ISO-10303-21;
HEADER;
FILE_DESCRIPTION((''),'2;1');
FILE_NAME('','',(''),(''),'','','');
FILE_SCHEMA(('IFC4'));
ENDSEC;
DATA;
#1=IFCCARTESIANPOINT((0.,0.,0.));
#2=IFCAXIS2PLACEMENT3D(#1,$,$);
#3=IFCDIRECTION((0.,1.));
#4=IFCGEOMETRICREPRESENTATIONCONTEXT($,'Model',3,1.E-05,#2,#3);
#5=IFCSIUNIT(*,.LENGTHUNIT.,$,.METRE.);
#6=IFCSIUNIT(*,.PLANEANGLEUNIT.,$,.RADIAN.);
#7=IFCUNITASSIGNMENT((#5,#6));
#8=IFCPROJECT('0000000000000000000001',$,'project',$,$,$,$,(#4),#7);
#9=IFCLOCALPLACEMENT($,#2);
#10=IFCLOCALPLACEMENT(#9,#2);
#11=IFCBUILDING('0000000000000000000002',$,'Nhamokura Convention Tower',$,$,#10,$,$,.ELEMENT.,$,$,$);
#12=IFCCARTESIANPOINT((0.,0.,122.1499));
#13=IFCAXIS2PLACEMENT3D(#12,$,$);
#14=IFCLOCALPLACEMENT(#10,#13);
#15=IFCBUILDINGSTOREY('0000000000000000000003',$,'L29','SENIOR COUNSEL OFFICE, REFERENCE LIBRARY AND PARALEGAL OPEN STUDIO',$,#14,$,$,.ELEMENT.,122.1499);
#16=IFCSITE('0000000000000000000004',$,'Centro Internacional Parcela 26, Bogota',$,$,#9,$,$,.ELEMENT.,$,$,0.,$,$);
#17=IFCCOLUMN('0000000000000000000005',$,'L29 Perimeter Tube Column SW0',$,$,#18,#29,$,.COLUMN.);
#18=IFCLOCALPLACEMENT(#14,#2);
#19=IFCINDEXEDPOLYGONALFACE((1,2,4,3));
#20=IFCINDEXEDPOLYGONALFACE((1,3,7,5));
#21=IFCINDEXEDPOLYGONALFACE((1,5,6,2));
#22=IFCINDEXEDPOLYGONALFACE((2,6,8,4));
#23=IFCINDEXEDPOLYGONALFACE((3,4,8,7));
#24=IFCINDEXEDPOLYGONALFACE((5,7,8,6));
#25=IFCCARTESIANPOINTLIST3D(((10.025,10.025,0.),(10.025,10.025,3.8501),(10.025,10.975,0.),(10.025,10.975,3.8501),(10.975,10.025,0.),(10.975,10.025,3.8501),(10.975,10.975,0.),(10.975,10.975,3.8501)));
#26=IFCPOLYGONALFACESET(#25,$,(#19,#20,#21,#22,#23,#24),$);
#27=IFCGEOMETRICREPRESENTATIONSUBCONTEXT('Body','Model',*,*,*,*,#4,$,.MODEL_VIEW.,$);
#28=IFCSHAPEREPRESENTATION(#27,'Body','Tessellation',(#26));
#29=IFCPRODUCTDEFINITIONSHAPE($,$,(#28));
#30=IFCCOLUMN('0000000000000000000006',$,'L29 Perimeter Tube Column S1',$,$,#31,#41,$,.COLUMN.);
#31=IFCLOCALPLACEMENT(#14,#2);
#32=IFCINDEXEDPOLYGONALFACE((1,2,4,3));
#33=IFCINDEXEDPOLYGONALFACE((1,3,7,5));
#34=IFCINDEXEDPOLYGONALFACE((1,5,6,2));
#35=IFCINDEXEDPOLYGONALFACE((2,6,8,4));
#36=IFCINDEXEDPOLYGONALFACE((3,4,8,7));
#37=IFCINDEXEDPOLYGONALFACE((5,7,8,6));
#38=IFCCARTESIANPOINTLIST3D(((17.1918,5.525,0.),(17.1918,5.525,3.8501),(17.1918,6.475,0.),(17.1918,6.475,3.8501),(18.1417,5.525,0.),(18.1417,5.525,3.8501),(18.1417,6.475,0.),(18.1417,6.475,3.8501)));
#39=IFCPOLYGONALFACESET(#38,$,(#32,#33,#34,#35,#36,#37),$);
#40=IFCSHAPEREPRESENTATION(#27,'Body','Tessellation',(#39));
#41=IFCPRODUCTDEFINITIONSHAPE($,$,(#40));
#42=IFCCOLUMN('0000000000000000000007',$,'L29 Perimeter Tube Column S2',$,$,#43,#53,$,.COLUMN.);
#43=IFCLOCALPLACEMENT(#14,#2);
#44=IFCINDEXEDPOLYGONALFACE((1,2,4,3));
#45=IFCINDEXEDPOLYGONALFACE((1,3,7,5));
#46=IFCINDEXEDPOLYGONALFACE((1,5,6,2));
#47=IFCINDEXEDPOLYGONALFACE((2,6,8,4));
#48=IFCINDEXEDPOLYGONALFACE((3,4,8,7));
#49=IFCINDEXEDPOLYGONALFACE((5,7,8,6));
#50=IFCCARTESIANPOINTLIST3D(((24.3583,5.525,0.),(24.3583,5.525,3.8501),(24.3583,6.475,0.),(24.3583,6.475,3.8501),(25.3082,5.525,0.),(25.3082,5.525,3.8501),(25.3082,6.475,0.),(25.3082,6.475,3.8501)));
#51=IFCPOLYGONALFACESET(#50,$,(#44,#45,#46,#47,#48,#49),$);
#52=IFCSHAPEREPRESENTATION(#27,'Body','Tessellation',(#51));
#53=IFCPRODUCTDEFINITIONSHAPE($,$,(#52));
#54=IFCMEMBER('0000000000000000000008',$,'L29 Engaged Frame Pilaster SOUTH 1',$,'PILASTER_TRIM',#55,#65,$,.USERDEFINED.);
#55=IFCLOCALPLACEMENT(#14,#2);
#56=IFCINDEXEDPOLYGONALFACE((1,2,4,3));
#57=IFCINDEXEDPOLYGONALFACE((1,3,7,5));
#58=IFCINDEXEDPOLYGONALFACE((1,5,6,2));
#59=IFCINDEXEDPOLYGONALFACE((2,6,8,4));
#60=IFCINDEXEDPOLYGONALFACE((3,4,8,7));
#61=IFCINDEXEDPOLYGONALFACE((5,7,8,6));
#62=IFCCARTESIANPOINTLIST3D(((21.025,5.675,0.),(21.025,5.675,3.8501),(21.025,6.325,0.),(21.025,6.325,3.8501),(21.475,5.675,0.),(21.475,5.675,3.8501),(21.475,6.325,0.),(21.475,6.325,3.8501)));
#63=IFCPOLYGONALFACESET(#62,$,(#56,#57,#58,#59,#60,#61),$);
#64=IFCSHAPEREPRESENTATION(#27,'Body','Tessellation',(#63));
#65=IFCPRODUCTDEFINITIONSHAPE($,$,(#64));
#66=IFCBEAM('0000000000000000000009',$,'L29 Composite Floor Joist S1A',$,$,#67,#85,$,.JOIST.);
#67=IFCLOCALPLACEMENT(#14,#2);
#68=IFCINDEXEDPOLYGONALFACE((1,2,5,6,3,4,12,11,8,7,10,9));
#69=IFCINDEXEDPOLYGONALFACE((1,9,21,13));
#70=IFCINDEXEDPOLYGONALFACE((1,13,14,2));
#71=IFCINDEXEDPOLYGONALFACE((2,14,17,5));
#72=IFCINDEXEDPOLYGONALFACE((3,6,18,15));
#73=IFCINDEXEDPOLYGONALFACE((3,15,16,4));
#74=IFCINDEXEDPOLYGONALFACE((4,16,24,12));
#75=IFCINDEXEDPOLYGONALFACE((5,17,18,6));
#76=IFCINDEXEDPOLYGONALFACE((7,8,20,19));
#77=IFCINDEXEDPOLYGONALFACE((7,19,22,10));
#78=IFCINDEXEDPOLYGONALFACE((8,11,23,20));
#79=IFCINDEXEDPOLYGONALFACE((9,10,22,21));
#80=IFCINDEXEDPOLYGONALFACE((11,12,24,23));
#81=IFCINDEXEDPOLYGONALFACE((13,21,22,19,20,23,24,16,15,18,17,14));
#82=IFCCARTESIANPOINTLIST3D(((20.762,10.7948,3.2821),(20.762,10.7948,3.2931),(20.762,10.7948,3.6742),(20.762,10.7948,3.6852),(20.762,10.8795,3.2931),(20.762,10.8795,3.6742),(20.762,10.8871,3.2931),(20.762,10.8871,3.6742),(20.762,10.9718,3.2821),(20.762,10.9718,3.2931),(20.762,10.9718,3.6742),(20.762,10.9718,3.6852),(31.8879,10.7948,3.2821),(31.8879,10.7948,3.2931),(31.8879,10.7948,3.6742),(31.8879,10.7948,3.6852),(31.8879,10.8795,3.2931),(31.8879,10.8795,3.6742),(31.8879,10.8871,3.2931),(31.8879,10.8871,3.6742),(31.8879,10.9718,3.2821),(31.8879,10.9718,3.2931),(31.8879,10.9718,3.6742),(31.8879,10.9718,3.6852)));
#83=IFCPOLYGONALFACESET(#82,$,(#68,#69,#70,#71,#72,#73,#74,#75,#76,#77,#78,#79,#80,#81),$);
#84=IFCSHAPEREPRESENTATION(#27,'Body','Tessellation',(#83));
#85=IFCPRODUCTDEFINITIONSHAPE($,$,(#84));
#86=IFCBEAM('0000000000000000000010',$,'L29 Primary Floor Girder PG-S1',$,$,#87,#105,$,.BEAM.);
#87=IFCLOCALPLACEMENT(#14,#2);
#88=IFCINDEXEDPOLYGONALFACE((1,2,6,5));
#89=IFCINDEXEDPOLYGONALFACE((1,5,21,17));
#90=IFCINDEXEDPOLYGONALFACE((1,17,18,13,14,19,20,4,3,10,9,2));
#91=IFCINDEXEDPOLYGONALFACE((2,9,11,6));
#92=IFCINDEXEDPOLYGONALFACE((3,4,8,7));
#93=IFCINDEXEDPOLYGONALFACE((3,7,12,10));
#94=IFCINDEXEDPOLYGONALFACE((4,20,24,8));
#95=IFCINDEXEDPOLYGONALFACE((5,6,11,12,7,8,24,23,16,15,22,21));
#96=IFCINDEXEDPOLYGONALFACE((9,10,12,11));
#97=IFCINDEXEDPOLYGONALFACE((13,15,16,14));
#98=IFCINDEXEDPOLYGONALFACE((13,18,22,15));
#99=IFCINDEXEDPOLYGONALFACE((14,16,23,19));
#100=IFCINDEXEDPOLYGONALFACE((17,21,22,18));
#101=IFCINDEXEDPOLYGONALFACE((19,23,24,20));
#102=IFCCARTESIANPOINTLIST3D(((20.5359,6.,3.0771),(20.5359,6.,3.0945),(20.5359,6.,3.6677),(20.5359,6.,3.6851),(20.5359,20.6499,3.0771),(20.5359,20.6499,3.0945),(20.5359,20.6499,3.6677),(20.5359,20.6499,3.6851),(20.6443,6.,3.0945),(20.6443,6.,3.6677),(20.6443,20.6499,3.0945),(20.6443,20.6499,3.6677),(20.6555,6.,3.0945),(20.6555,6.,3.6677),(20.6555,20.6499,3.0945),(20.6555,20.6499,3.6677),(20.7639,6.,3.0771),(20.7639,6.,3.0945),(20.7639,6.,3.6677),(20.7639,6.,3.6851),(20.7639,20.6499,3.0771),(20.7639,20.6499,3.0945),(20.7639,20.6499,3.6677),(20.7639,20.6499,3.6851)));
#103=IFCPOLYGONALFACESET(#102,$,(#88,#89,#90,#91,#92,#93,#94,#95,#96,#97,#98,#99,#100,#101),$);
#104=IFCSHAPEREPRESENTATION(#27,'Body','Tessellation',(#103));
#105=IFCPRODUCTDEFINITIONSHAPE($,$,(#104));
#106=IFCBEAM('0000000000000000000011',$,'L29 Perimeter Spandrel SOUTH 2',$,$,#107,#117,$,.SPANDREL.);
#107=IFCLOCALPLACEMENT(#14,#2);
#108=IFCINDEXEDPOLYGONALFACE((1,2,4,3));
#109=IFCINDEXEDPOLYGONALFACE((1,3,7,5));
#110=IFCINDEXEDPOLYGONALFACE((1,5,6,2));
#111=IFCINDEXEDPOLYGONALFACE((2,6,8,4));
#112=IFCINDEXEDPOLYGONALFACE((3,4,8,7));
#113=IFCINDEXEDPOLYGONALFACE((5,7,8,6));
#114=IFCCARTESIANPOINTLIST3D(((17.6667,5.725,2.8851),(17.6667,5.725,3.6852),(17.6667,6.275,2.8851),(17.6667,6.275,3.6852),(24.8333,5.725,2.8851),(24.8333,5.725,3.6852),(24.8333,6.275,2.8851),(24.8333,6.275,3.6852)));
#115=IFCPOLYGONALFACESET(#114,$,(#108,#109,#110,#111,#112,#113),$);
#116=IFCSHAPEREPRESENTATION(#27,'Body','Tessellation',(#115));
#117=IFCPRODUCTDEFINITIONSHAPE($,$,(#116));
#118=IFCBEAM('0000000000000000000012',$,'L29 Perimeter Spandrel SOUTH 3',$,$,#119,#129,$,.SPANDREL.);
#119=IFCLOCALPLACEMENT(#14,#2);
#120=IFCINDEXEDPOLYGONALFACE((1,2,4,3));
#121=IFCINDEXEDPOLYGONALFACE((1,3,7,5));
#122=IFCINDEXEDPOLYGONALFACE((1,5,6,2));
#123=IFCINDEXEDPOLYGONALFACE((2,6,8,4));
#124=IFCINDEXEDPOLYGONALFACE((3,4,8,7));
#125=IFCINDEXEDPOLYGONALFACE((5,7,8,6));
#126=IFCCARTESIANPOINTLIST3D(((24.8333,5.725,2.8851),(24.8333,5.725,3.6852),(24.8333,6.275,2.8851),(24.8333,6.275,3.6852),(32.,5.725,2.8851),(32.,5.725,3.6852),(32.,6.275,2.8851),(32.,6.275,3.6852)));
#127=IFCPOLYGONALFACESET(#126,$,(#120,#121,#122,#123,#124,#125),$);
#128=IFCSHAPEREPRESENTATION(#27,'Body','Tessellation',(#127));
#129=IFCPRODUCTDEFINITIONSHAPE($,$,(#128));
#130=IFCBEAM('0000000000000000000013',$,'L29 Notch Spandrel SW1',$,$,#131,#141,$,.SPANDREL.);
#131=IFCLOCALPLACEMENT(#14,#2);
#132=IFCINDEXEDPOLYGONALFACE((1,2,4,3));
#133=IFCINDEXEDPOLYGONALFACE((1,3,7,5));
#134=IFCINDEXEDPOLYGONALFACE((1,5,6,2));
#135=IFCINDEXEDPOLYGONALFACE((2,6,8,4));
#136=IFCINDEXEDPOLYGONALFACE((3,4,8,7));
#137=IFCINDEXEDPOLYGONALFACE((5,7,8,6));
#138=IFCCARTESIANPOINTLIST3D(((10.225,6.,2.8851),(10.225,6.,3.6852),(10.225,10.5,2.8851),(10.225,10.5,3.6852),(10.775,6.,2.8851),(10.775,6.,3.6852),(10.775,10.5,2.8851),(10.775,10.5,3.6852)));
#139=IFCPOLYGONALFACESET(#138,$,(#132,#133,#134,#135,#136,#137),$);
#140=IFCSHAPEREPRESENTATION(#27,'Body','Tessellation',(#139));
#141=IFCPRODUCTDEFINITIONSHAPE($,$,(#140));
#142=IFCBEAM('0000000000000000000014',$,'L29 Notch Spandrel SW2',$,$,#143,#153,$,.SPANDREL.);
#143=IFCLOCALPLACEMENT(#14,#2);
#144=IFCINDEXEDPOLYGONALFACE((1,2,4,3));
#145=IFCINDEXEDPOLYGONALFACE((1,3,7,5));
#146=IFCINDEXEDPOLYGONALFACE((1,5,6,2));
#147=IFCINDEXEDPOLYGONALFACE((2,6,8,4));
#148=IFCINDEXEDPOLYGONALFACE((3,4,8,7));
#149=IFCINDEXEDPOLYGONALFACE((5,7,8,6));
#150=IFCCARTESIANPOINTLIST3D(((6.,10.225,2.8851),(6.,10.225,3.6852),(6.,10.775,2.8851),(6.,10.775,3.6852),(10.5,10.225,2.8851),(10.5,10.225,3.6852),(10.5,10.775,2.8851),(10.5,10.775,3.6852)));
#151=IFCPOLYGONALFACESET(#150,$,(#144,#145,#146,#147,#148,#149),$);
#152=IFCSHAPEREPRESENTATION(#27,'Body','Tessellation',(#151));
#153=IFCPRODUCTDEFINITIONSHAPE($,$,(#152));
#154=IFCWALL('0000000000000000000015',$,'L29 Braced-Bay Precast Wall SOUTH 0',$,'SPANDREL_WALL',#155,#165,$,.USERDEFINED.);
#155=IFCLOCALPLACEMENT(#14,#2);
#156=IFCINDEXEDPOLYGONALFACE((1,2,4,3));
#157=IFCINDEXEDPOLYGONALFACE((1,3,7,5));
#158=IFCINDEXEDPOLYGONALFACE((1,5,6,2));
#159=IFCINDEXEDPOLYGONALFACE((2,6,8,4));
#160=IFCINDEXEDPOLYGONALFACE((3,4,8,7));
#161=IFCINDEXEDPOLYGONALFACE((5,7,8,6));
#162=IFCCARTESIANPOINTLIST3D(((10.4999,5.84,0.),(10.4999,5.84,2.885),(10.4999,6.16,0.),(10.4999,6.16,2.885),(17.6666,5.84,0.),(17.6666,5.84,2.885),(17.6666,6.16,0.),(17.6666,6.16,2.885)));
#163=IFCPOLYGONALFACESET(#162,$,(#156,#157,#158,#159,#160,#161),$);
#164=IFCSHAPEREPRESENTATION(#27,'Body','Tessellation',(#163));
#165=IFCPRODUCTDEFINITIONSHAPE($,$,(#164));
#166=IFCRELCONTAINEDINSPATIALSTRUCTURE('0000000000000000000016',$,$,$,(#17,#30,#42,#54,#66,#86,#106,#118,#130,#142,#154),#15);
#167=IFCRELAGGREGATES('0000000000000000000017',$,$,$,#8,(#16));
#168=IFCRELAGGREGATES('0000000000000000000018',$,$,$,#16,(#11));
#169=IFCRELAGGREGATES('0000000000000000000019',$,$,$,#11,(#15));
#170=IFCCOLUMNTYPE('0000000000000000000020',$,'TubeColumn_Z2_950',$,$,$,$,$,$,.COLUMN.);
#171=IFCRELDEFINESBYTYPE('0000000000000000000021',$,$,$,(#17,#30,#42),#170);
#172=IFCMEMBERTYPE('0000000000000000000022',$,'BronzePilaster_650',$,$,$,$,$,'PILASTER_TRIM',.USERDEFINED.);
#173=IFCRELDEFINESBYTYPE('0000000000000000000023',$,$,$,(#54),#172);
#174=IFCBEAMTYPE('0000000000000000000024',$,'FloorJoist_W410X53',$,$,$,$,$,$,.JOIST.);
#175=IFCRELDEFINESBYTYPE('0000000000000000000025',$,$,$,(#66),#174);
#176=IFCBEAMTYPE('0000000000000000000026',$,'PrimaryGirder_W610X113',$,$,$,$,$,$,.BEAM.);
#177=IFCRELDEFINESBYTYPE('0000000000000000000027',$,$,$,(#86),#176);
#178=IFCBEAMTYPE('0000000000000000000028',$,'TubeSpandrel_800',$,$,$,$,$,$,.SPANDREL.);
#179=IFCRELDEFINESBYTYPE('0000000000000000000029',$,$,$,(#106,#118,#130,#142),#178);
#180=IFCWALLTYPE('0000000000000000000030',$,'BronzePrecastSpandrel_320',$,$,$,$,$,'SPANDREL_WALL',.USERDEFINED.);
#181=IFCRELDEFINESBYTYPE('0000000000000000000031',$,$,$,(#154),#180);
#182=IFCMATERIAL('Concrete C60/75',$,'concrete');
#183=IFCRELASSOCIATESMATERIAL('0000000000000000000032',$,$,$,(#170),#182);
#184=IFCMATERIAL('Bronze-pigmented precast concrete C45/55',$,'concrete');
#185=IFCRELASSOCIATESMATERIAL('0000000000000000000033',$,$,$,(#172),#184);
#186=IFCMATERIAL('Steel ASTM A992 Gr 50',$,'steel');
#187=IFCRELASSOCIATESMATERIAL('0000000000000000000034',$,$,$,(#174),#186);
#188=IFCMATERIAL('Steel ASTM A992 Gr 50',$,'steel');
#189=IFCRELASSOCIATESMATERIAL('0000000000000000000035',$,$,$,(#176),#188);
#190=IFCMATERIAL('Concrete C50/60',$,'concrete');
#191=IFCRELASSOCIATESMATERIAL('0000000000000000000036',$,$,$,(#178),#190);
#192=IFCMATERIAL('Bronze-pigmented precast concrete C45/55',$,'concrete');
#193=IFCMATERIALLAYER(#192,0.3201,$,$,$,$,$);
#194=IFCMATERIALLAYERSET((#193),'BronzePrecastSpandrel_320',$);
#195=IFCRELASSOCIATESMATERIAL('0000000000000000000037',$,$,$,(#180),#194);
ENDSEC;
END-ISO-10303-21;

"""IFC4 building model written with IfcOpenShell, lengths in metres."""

from ifc_helpers import new_model, si_unit, direction, frame, frame_2d, origin, origin_2d, place, context, subcontext, project, spatial, rectangle, i_section, extrude, material, layer, layer_set, material_profile, profile_set, type_object, element, save


model = new_model("IFC4")

# Units and contexts
model_context = context("Model", 3, precision=1e-05, world=origin(), true_north=direction((0.0, 1.0)))
body_context = subcontext(model_context, "Body", "Model", "MODEL_VIEW")
ifc_project = project(units=[si_unit("LENGTHUNIT", "METRE"), si_unit("PLANEANGLEUNIT", "RADIAN")], contexts=[model_context])

# Site, building, storey
site_placement = place(None, origin())
site = spatial("IfcSite", under=ifc_project, at=site_placement, Name="Centro Internacional Parcela 26, Bogota", CompositionType="ELEMENT", RefElevation=0.0)
building_placement = place(site_placement, origin())
building = spatial("IfcBuilding", under=site, at=building_placement, Name="Nhamokura Convention Tower", CompositionType="ELEMENT")
storey_placement = place(building_placement, frame((0.0, 0.0, 122.1499)))
storey = spatial("IfcBuildingStorey", under=building, at=storey_placement, Name="L29", Description="SENIOR COUNSEL OFFICE, REFERENCE LIBRARY AND PARALEGAL OPEN STUDIO", CompositionType="ELEMENT", Elevation=122.1499)

# Columns
ifc_material_1 = material(Name="Concrete C60/75", Category="concrete")
ifc_material_profile_1 = material_profile(ifc_material_1, rectangle(XDim=0.95, YDim=0.95, at=origin_2d()))
ifc_profile_set_1 = profile_set([ifc_material_profile_1], Name="Concrete C60/75")
column_type = type_object("IfcColumnType", Name="TubeColumn_Z2_950", PredefinedType="COLUMN", material=ifc_profile_set_1)
for number, where, z_axis, x_axis, name in (
    (1, (10.5, 10.5, 0.0), (0.0, 0.0, 1.0), (1.0, 0.0, 0.0), "L29 Perimeter Tube Column SW0"),
    (2, (17.6667, 6.0, 0.0), (0.0, 0.0, 1.0), (1.0, 0.0, 0.0), "L29 Perimeter Tube Column S1"),
    (3, (24.8333, 6.0, 0.0), (0.0, 0.0, 1.0), (1.0, 0.0, 0.0), "L29 Perimeter Tube Column S2"),
):
    element("IfcColumn", number, at=place(storey_placement, frame(where, z_axis=z_axis, x_axis=x_axis)), inside=storey, type_object=column_type, Name=name, PredefinedType="COLUMN", context=body_context, shape_type="SweptSolid", body=[
        extrude(rectangle(XDim=0.95, YDim=0.95, at=origin_2d()), origin(), (0.0, 0.0, 1.0), 3.8501),
    ])

# Member
ifc_material_2 = material(Name="Bronze-pigmented precast concrete C45/55", Category="concrete")
ifc_material_profile_2 = material_profile(ifc_material_2, rectangle(XDim=0.45, YDim=0.6499, at=origin_2d()))
ifc_profile_set_2 = profile_set([ifc_material_profile_2], Name="Bronze-pigmented precast concrete C45/55")
member_type = type_object("IfcMemberType", Name="BronzePilaster_650", ElementType="PILASTER_TRIM", PredefinedType="USERDEFINED", material=ifc_profile_set_2)
member_placement = place(storey_placement, frame((21.25, 6.0, 0.0), z_axis=(0.0, 0.0, 1.0), x_axis=(1.0, 0.0, 0.0)))
element("IfcMember", 4, at=member_placement, inside=storey, type_object=member_type, Name="L29 Engaged Frame Pilaster SOUTH 1", ObjectType="PILASTER_TRIM", PredefinedType="USERDEFINED", context=body_context, shape_type="SweptSolid", body=[
    extrude(rectangle(XDim=0.45, YDim=0.6499, at=origin_2d()), origin(), (0.0, 0.0, 1.0), 3.8501),
])

# Beams
ifc_material_3 = material(Name="Steel ASTM A992 Gr 50", Category="steel")
ifc_material_profile_3 = material_profile(ifc_material_3, i_section(OverallWidth=0.177, OverallDepth=0.4031, WebThickness=0.0076, FlangeThickness=0.011, at=origin_2d()))
ifc_profile_set_3 = profile_set([ifc_material_profile_3], Name="Steel ASTM A992 Gr 50")
beam_type_1 = type_object("IfcBeamType", Name="FloorJoist_W410X53", PredefinedType="JOIST", material=ifc_profile_set_3)
beam_1_placement = place(storey_placement, frame((20.762, 10.8833, 3.4836), z_axis=(1.0, 0.0, 0.0), x_axis=(0.0, 1.0, 0.0)))
element("IfcBeam", 5, at=beam_1_placement, inside=storey, type_object=beam_type_1, Name="L29 Composite Floor Joist S1A", PredefinedType="JOIST", context=body_context, shape_type="SweptSolid", body=[
    extrude(i_section(OverallWidth=0.177, OverallDepth=0.4031, WebThickness=0.0076, FlangeThickness=0.011, at=origin_2d()), origin(), (0.0, 0.0, 1.0), 11.126),
])
ifc_material_4 = material(Name="Steel ASTM A992 Gr 50", Category="steel")
ifc_material_profile_4 = material_profile(ifc_material_4, i_section(OverallWidth=0.228, OverallDepth=0.6079, WebThickness=0.0112, FlangeThickness=0.0173, at=origin_2d()))
ifc_profile_set_4 = profile_set([ifc_material_profile_4], Name="Steel ASTM A992 Gr 50")
beam_type_2 = type_object("IfcBeamType", Name="PrimaryGirder_W610X113", PredefinedType="BEAM", material=ifc_profile_set_4)
beam_2_placement = place(storey_placement, frame((20.6499, 6.0, 3.3811), z_axis=(0.0, 1.0, 0.0), x_axis=(-1.0, 0.0, 0.0)))
element("IfcBeam", 6, at=beam_2_placement, inside=storey, type_object=beam_type_2, Name="L29 Primary Floor Girder PG-S1", PredefinedType="BEAM", context=body_context, shape_type="SweptSolid", body=[
    extrude(i_section(OverallWidth=0.228, OverallDepth=0.6079, WebThickness=0.0112, FlangeThickness=0.0173, at=origin_2d()), origin(), (0.0, 0.0, 1.0), 14.6499),
])
ifc_material_5 = material(Name="Concrete C50/60", Category="concrete")
ifc_material_profile_5 = material_profile(ifc_material_5, rectangle(XDim=0.55, YDim=0.8, at=origin_2d()))
ifc_profile_set_5 = profile_set([ifc_material_profile_5], Name="Concrete C50/60")
beam_type_3 = type_object("IfcBeamType", Name="TubeSpandrel_800", PredefinedType="SPANDREL", material=ifc_profile_set_5)
beam_3_placement = place(storey_placement, frame((17.6667, 6.0, 3.2852), z_axis=(1.0, 0.0, 0.0), x_axis=(0.0, 1.0, 0.0)))
element("IfcBeam", 7, at=beam_3_placement, inside=storey, type_object=beam_type_3, Name="L29 Perimeter Spandrel SOUTH 2", PredefinedType="SPANDREL", context=body_context, shape_type="SweptSolid", body=[
    extrude(rectangle(XDim=0.55, YDim=0.8, at=origin_2d()), origin(), (0.0, 0.0, 1.0), 7.1665),
])
beam_4_placement = place(storey_placement, frame((24.8333, 6.0, 3.2852), z_axis=(1.0, 0.0, 0.0), x_axis=(0.0, 1.0, 0.0)))
element("IfcBeam", 8, at=beam_4_placement, inside=storey, type_object=beam_type_3, Name="L29 Perimeter Spandrel SOUTH 3", PredefinedType="SPANDREL", context=body_context, shape_type="SweptSolid", body=[
    extrude(rectangle(XDim=0.55, YDim=0.8, at=origin_2d()), origin(), (0.0, 0.0, 1.0), 7.1667),
])
for number, where, z_axis, x_axis, name in (
    (9, (10.5, 6.0, 3.2852), (0.0, 1.0, 0.0), (-1.0, 0.0, 0.0), "L29 Notch Spandrel SW1"),
    (10, (10.5, 10.5, 3.2852), (-1.0, 0.0, 0.0), (0.0, -1.0, 0.0), "L29 Notch Spandrel SW2"),
):
    element("IfcBeam", number, at=place(storey_placement, frame(where, z_axis=z_axis, x_axis=x_axis)), inside=storey, type_object=beam_type_3, Name=name, PredefinedType="SPANDREL", context=body_context, shape_type="SweptSolid", body=[
        extrude(rectangle(XDim=0.55, YDim=0.8, at=origin_2d()), origin(), (0.0, 0.0, 1.0), 4.5),
    ])

# Wall
ifc_material_6 = material(Name="Bronze-pigmented precast concrete C45/55", Category="concrete")
ifc_layer_1 = layer(ifc_material_6, 0.3201)
ifc_layer_set_1 = layer_set([ifc_layer_1], Name="BronzePrecastSpandrel_320")
wall_type_1 = type_object("IfcWallType", Name="BronzePrecastSpandrel_320", ElementType="SPANDREL_WALL", PredefinedType="USERDEFINED", material=ifc_layer_set_1)
wall_1_placement = place(storey_placement, frame((17.6667, 6.0, 0.0), z_axis=(0.0, 0.0, 1.0), x_axis=(-1.0, 0.0, 0.0)))
element("IfcWall", 11, at=wall_1_placement, inside=storey, type_object=wall_type_1, Name="L29 Braced-Bay Precast Wall SOUTH 0", ObjectType="SPANDREL_WALL", PredefinedType="USERDEFINED", context=body_context, shape_type="SweptSolid", body=[
    extrude(rectangle(XDim=7.1667, YDim=0.3201, at=frame_2d((3.5835, 0.0))), origin(), (0.0, 0.0, 1.0), 2.885),
])

save(model, "model.ifc")
